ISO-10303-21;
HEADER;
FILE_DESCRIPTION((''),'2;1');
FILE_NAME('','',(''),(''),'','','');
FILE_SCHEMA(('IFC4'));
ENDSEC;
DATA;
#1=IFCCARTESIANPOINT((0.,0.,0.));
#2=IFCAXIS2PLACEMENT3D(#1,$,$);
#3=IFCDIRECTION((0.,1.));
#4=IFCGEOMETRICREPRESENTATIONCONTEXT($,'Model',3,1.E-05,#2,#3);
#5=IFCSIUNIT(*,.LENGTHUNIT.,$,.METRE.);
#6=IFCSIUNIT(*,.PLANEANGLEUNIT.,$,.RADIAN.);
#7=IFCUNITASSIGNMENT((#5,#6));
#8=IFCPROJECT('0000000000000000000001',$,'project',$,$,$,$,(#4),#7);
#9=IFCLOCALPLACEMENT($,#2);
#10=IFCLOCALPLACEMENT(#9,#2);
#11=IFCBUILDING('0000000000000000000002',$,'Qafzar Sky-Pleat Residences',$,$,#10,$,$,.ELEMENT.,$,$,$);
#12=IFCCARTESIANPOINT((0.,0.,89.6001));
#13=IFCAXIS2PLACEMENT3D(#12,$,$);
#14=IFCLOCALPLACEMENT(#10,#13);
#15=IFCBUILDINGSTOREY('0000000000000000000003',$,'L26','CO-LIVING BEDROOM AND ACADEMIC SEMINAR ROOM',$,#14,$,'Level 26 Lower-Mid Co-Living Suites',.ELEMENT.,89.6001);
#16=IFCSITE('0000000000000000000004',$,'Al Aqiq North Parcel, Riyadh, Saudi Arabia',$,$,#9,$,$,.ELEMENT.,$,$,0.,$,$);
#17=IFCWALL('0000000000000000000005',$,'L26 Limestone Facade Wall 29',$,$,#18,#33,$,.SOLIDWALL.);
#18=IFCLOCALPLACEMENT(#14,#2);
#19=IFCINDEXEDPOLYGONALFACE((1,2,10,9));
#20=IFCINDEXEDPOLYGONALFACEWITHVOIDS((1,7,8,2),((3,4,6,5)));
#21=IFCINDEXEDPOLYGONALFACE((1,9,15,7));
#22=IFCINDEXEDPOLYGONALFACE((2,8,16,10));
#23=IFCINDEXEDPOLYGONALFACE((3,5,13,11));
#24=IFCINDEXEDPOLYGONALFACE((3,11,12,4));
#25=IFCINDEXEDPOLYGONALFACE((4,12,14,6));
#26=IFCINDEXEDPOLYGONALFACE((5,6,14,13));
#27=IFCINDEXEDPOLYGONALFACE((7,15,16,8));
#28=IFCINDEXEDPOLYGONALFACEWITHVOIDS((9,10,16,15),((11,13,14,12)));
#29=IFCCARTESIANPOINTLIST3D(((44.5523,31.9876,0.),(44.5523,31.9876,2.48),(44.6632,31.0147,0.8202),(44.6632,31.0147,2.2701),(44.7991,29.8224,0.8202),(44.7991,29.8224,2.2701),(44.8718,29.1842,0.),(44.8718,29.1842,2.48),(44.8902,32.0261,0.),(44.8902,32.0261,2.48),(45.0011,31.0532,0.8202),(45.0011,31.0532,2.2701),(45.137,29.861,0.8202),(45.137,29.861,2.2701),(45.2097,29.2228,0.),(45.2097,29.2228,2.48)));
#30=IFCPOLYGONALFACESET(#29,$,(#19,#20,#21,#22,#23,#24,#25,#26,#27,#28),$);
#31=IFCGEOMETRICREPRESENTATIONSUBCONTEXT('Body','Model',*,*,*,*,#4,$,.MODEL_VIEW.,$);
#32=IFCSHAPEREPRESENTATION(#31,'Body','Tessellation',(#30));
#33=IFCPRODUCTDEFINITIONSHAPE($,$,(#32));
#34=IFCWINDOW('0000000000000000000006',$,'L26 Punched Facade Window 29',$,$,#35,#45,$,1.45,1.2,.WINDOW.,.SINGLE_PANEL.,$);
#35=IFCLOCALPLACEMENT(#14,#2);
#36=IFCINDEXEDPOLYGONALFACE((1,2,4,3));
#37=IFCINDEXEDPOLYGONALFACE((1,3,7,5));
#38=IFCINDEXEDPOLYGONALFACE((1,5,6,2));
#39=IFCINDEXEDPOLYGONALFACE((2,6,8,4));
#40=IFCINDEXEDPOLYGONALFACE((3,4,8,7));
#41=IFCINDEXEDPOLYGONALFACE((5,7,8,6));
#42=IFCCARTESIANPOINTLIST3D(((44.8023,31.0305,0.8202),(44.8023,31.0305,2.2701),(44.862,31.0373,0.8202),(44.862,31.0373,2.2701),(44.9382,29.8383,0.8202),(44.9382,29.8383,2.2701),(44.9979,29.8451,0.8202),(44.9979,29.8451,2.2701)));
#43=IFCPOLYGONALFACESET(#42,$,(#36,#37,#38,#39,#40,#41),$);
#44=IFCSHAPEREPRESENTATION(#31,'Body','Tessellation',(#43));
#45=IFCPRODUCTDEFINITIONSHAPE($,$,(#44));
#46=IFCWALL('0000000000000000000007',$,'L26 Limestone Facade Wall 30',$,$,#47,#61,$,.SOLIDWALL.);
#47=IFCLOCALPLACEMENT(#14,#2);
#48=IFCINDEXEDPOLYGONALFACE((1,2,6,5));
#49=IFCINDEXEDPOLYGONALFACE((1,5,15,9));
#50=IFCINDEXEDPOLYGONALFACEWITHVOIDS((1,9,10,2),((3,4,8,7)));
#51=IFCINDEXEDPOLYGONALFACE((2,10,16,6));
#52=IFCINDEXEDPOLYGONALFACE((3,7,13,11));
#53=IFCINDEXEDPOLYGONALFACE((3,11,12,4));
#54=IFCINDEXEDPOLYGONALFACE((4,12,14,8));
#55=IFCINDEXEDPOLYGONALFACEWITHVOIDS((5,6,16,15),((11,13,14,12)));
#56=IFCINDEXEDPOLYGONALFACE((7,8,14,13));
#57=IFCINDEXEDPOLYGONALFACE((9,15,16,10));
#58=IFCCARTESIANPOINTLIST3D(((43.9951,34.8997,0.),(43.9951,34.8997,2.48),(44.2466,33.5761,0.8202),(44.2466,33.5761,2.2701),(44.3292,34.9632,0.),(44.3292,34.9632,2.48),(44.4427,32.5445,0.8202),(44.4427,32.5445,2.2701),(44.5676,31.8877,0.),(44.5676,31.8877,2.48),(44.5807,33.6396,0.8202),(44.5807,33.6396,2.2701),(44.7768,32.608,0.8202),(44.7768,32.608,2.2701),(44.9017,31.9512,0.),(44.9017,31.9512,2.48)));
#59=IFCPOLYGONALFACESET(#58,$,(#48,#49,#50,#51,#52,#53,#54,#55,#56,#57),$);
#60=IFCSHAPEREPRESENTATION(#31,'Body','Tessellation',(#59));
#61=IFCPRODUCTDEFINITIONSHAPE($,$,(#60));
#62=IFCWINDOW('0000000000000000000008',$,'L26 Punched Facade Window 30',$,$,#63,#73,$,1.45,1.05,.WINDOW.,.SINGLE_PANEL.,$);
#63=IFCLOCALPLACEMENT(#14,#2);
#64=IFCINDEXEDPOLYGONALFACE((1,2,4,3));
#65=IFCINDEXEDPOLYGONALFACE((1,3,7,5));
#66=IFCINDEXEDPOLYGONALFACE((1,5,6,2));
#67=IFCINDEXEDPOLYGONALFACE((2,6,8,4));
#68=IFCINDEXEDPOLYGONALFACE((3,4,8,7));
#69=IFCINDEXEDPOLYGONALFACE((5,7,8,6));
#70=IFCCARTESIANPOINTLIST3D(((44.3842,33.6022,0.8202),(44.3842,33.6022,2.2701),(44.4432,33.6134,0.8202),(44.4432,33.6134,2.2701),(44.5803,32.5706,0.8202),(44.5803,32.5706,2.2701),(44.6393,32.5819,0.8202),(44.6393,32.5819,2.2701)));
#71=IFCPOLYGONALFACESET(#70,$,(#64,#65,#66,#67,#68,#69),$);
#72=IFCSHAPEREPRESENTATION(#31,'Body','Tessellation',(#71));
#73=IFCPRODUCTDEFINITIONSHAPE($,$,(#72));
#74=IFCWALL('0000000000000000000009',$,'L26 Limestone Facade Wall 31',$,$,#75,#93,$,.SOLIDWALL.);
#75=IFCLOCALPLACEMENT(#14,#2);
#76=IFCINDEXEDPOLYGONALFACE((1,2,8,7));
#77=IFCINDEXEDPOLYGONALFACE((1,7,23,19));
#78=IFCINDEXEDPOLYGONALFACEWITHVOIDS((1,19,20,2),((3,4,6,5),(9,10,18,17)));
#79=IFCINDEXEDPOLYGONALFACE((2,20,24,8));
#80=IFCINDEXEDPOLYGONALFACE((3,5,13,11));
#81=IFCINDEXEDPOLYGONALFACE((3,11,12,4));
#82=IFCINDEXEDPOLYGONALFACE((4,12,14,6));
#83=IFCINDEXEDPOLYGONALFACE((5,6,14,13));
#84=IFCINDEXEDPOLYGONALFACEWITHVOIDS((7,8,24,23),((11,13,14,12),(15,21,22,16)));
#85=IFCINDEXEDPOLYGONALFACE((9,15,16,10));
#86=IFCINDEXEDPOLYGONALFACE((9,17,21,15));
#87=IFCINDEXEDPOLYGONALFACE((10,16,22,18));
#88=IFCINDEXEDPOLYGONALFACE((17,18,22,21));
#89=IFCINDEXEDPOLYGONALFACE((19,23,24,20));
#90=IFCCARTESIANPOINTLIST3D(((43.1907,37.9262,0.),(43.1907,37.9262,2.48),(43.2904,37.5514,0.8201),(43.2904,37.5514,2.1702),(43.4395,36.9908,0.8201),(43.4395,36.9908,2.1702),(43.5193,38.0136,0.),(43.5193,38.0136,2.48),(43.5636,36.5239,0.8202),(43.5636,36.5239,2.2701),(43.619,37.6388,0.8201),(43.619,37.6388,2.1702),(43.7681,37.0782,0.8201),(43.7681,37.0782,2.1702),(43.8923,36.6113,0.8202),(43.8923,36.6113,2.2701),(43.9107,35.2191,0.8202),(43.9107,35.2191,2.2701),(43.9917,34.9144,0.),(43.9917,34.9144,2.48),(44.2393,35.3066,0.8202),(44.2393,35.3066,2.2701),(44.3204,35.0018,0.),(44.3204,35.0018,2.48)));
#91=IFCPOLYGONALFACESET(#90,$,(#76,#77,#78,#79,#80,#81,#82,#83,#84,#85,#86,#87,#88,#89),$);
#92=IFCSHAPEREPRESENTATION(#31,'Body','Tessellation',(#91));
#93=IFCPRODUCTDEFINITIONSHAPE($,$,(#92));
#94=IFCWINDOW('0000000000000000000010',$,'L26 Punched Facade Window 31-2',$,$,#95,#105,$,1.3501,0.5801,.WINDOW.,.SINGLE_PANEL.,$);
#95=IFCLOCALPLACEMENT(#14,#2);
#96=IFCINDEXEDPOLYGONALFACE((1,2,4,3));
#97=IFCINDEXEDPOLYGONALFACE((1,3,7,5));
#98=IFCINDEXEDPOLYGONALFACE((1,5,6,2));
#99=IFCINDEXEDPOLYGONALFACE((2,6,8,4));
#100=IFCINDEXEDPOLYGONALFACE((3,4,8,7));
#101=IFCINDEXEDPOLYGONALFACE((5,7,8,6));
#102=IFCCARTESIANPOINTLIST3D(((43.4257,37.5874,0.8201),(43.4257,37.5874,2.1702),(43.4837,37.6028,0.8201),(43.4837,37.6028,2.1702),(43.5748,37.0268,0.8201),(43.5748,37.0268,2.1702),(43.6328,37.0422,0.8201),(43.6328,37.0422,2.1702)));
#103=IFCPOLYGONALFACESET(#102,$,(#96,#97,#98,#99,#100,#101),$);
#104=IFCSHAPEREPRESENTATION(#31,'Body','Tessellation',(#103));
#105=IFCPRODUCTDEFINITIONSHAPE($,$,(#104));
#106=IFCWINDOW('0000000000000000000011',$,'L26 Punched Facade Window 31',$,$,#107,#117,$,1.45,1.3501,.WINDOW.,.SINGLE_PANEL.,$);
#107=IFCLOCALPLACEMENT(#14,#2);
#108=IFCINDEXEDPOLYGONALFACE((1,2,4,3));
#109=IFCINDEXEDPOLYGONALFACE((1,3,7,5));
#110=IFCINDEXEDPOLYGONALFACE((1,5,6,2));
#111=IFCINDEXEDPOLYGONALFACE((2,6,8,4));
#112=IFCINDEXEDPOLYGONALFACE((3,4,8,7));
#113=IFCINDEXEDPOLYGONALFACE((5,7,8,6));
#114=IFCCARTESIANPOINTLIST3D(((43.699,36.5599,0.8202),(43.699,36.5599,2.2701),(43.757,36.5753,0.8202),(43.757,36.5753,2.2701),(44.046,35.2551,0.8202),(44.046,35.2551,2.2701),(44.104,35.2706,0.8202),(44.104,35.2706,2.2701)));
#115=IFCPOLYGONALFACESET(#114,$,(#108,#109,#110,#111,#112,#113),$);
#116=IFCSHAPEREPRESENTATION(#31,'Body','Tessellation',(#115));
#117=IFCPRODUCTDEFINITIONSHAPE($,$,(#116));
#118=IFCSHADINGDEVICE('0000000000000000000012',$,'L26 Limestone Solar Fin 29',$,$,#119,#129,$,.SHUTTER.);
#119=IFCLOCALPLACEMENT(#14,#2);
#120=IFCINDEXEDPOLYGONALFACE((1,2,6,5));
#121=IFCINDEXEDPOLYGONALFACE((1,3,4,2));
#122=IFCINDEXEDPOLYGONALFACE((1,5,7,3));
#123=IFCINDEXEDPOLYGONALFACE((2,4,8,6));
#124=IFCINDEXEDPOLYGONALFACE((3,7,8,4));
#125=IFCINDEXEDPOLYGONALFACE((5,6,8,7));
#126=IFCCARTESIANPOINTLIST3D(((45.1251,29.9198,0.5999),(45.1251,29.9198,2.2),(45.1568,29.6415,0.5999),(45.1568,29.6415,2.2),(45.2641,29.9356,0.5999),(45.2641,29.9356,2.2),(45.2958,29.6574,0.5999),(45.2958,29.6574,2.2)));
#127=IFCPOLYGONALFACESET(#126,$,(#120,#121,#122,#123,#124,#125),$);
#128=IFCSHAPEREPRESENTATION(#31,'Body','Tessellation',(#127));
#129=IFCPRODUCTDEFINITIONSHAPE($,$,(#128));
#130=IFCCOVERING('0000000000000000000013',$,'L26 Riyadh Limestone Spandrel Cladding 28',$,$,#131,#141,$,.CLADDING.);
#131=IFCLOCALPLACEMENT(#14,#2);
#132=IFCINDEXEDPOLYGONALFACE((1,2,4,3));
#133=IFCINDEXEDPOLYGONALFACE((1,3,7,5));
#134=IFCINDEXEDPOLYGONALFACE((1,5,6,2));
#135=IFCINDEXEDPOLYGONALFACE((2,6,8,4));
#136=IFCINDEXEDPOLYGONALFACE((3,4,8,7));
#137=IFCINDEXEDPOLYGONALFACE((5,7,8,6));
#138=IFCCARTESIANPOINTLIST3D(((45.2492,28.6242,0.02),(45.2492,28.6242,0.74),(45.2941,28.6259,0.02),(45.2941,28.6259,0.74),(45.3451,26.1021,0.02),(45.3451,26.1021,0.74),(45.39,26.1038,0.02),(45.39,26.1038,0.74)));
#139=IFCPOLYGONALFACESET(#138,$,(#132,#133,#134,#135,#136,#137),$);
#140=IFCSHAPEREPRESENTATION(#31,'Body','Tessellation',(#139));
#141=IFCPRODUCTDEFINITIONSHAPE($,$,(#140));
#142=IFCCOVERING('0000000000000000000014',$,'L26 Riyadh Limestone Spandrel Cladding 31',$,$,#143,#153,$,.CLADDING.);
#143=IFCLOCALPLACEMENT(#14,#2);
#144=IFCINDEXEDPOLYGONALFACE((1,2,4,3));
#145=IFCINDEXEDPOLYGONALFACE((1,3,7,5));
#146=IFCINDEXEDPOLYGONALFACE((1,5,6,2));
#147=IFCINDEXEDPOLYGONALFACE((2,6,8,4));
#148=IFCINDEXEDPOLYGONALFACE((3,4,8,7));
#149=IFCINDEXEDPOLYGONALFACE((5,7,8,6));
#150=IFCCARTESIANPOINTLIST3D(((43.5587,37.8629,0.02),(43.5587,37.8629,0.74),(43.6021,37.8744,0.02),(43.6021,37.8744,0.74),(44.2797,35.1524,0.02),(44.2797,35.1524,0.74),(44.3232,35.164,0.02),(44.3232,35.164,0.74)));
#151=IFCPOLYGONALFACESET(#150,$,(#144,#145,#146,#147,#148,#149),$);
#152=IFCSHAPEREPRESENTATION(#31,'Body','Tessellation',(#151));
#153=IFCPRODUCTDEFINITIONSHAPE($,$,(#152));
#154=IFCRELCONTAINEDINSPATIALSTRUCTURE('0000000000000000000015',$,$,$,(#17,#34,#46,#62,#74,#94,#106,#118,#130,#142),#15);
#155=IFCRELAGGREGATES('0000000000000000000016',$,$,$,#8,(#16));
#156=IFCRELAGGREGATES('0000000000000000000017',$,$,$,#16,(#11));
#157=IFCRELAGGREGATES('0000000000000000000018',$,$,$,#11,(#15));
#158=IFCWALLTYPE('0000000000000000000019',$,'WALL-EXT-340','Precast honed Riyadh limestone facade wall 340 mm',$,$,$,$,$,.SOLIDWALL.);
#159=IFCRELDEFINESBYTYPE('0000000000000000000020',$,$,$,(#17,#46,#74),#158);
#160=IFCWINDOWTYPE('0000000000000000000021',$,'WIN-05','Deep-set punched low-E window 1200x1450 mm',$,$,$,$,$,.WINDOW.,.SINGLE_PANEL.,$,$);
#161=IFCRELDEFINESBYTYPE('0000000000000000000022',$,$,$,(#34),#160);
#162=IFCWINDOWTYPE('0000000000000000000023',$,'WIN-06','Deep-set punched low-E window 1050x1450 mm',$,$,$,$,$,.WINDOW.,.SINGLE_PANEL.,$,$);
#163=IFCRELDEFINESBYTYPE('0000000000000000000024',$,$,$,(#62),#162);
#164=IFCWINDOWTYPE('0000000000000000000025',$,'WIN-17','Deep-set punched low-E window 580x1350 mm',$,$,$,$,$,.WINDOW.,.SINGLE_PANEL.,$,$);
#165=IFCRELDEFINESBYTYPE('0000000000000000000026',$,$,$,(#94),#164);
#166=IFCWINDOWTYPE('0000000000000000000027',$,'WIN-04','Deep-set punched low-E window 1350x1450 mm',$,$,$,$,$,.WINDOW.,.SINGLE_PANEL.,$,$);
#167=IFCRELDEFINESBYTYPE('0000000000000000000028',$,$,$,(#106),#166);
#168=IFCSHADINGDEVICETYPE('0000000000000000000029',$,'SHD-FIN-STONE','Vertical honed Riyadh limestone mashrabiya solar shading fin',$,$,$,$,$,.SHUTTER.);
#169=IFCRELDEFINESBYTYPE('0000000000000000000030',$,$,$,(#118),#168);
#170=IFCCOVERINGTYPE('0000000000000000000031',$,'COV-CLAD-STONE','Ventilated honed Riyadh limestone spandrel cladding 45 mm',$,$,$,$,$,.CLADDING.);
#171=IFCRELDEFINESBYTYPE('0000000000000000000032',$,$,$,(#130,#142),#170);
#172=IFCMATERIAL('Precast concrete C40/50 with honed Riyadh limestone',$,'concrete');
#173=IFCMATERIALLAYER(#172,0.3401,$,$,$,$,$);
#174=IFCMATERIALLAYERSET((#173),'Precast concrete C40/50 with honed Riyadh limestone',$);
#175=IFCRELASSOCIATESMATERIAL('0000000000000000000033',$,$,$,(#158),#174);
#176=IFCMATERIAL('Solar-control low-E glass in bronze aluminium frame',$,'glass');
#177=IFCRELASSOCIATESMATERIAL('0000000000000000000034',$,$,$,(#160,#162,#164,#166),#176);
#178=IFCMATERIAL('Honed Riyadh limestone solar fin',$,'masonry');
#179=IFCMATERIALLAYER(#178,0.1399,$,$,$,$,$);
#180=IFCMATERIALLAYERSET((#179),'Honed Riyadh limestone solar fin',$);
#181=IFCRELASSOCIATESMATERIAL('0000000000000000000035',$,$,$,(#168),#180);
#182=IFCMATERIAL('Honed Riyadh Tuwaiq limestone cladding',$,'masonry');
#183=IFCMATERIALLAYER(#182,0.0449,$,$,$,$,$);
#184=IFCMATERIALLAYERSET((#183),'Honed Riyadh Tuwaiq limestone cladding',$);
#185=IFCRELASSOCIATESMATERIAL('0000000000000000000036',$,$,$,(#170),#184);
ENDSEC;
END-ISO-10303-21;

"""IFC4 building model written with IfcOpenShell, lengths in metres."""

from ifc_helpers import new_model, si_unit, direction, frame, frame_2d, origin, origin_2d, place, context, subcontext, project, spatial, rectangle, extrude, source, transform, mapped, material, layer, layer_set, type_object, element, fill, save


model = new_model("IFC4")

# Units and contexts
model_context = context("Model", 3, precision=1e-05, world=origin(), true_north=direction((0.0, 1.0)))
body_context = subcontext(model_context, "Body", "Model", "MODEL_VIEW")
ifc_project = project(units=[si_unit("LENGTHUNIT", "METRE"), si_unit("PLANEANGLEUNIT", "RADIAN")], contexts=[model_context])

# Site, building, storey
site_placement = place(None, origin())
site = spatial("IfcSite", under=ifc_project, at=site_placement, Name="Al Aqiq North Parcel, Riyadh, Saudi Arabia", CompositionType="ELEMENT", RefElevation=0.0)
building_placement = place(site_placement, origin())
building = spatial("IfcBuilding", under=site, at=building_placement, Name="Qafzar Sky-Pleat Residences", CompositionType="ELEMENT")
storey_placement = place(building_placement, frame((0.0, 0.0, 89.6001)))
storey = spatial("IfcBuildingStorey", under=building, at=storey_placement, Name="L26", Description="CO-LIVING BEDROOM AND ACADEMIC SEMINAR ROOM", LongName="Level 26 Lower-Mid Co-Living Suites", CompositionType="ELEMENT", Elevation=89.6001)

# Walls, openings, windows
ifc_material_1 = material(Name="Precast concrete C40/50 with honed Riyadh limestone", Category="concrete")
ifc_layer_1 = layer(ifc_material_1, 0.3401)
ifc_layer_set_1 = layer_set([ifc_layer_1], Name="Precast concrete C40/50 with honed Riyadh limestone")
wall_type_1 = type_object("IfcWallType", Name="WALL-EXT-340", Description="Precast honed Riyadh limestone facade wall 340 mm", PredefinedType="SOLIDWALL", material=ifc_layer_set_1)
wall_1_placement = place(storey_placement, frame((45.0408, 29.2036, 0.0), z_axis=(0.0, 0.0, 1.0), x_axis=(-0.113261, 0.993565, 0.0)))
wall_1 = element("IfcWall", 1, at=wall_1_placement, inside=storey, type_object=wall_type_1, Name="L26 Limestone Facade Wall 29", PredefinedType="SOLIDWALL", context=body_context, shape_type="SweptSolid", body=[
    extrude(rectangle(XDim=2.8215, YDim=0.3401, at=frame_2d((1.4106, 0.0))), origin(), (0.0, 0.0, 1.0), 2.48),
])
opening_1_placement = place(wall_1_placement, frame((0.6421, 0.0, 0.8201)))
opening_1 = element("IfcOpeningElement", 2, at=opening_1_placement, cuts=wall_1, PredefinedType="OPENING", context=body_context, shape_type="SweptSolid", body=[
    extrude(rectangle(XDim=1.2, YDim=1.45, at=frame_2d((0.6001, 0.7251))), frame((0.0, 0.1802, 0.0), z_axis=(0.0, -1.0, 0.0), x_axis=(1.0, 0.0, 0.0)), (0.0, 0.0, 1.0), 0.3601),
])
ifc_material_2 = material(Name="Solar-control low-E glass in bronze aluminium frame", Category="glass")
window_type_1 = type_object("IfcWindowType", Name="WIN-05", Description="Deep-set punched low-E window 1200x1450 mm", PartitioningType="SINGLE_PANEL", PredefinedType="WINDOW", material=ifc_material_2)
shared_shape_1 = source(origin(), body_context, "Body", "SweptSolid", [
    extrude(rectangle(XDim=1.2, YDim=1.45, at=frame_2d((0.6001, 0.7251))), frame((0.0, 0.03, 0.0), z_axis=(0.0, -1.0, 0.0), x_axis=(1.0, 0.0, 0.0)), (0.0, 0.0, 1.0), 0.0601),
])
window_1_placement = place(opening_1_placement, origin())
window_1 = element("IfcWindow", 3, at=window_1_placement, inside=storey, type_object=window_type_1, Name="L26 Punched Facade Window 29", OverallHeight=1.45, OverallWidth=1.2, PartitioningType="SINGLE_PANEL", PredefinedType="WINDOW", context=body_context, shape_type="MappedRepresentation", body=[
    mapped(shared_shape_1, transform((0.0, 0.0, 0.0), x_axis=(1.0, 0.0, 0.0), y_axis=(0.0, 1.0, 0.0), z_axis=(0.0, 0.0, 1.0), scale=1.0)),
])
fill(opening_1, window_1)
wall_2_placement = place(storey_placement, frame((44.7346, 31.9194, 0.0), z_axis=(0.0, 0.0, 1.0), x_axis=(-0.186735, 0.98241, 0.0)))
wall_2 = element("IfcWall", 4, at=wall_2_placement, inside=storey, type_object=wall_type_1, Name="L26 Limestone Facade Wall 30", PredefinedType="SOLIDWALL", context=body_context, shape_type="SweptSolid", body=[
    extrude(rectangle(XDim=3.0659, YDim=0.3401, at=frame_2d((1.533, 0.0))), origin(), (0.0, 0.0, 1.0), 2.48),
])
opening_2_placement = place(wall_2_placement, frame((0.6687, 0.0, 0.8201)))
opening_2 = element("IfcOpeningElement", 5, at=opening_2_placement, cuts=wall_2, PredefinedType="OPENING", context=body_context, shape_type="SweptSolid", body=[
    extrude(rectangle(XDim=1.05, YDim=1.45, at=frame_2d((0.5249, 0.7251))), frame((0.0, 0.1802, 0.0), z_axis=(0.0, -1.0, 0.0), x_axis=(1.0, 0.0, 0.0)), (0.0, 0.0, 1.0), 0.3601),
])
window_type_2 = type_object("IfcWindowType", Name="WIN-06", Description="Deep-set punched low-E window 1050x1450 mm", PartitioningType="SINGLE_PANEL", PredefinedType="WINDOW", material=ifc_material_2)
shared_shape_2 = source(origin(), body_context, "Body", "SweptSolid", [
    extrude(rectangle(XDim=1.05, YDim=1.45, at=frame_2d((0.5249, 0.7251))), frame((0.0, 0.03, 0.0), z_axis=(0.0, -1.0, 0.0), x_axis=(1.0, 0.0, 0.0)), (0.0, 0.0, 1.0), 0.0601),
])
window_2_placement = place(opening_2_placement, origin())
window_2 = element("IfcWindow", 6, at=window_2_placement, inside=storey, type_object=window_type_2, Name="L26 Punched Facade Window 30", OverallHeight=1.45, OverallWidth=1.05, PartitioningType="SINGLE_PANEL", PredefinedType="WINDOW", context=body_context, shape_type="MappedRepresentation", body=[
    mapped(shared_shape_2, transform((0.0, 0.0, 0.0), x_axis=(1.0, 0.0, 0.0), y_axis=(0.0, 1.0, 0.0), z_axis=(0.0, 0.0, 1.0), scale=1.0)),
])
fill(opening_2, window_2)

# Wall, openings, windows
wall_3_placement = place(storey_placement, frame((44.156, 34.9583, 0.0), z_axis=(0.0, 0.0, 1.0), x_axis=(-0.257034, 0.966402, 0.0)))
wall_3 = element("IfcWall", 7, at=wall_3_placement, inside=storey, type_object=wall_type_1, Name="L26 Limestone Facade Wall 31", PredefinedType="SOLIDWALL", context=body_context, shape_type="SweptSolid", body=[
    extrude(rectangle(XDim=3.1165, YDim=0.3401, at=frame_2d((1.5581, 0.0))), origin(), (0.0, 0.0, 1.0), 2.48),
])
opening_3_placement = place(wall_3_placement, frame((0.3152, 0.0, 0.8201)))
opening_3 = element("IfcOpeningElement", 8, at=opening_3_placement, cuts=wall_3, PredefinedType="OPENING", context=body_context, shape_type="SweptSolid", body=[
    extrude(rectangle(XDim=1.3501, YDim=1.45, at=frame_2d((0.675, 0.7251))), frame((0.0, 0.1802, 0.0), z_axis=(0.0, -1.0, 0.0), x_axis=(1.0, 0.0, 0.0)), (0.0, 0.0, 1.0), 0.3601),
])
opening_4_placement = place(wall_3_placement, frame((2.1484, 0.0, 0.8201)))
opening_4 = element("IfcOpeningElement", 9, at=opening_4_placement, cuts=wall_3, PredefinedType="OPENING", context=body_context, shape_type="SweptSolid", body=[
    extrude(rectangle(XDim=0.5801, YDim=1.3501, at=frame_2d((0.29, 0.675))), frame((0.0, 0.1802, 0.0), z_axis=(0.0, -1.0, 0.0), x_axis=(1.0, 0.0, 0.0)), (0.0, 0.0, 1.0), 0.3601),
])
window_type_3 = type_object("IfcWindowType", Name="WIN-17", Description="Deep-set punched low-E window 580x1350 mm", PartitioningType="SINGLE_PANEL", PredefinedType="WINDOW", material=ifc_material_2)
shared_shape_3 = source(origin(), body_context, "Body", "SweptSolid", [
    extrude(rectangle(XDim=0.5801, YDim=1.3501, at=frame_2d((0.29, 0.675))), frame((0.0, 0.03, 0.0), z_axis=(0.0, -1.0, 0.0), x_axis=(1.0, 0.0, 0.0)), (0.0, 0.0, 1.0), 0.0601),
])
window_3_placement = place(opening_4_placement, origin())
window_3 = element("IfcWindow", 10, at=window_3_placement, inside=storey, type_object=window_type_3, Name="L26 Punched Facade Window 31-2", OverallHeight=1.3501, OverallWidth=0.5801, PartitioningType="SINGLE_PANEL", PredefinedType="WINDOW", context=body_context, shape_type="MappedRepresentation", body=[
    mapped(shared_shape_3, transform((0.0, 0.0, 0.0), x_axis=(1.0, 0.0, 0.0), y_axis=(0.0, 1.0, 0.0), z_axis=(0.0, 0.0, 1.0), scale=1.0)),
])
fill(opening_4, window_3)
window_type_4 = type_object("IfcWindowType", Name="WIN-04", Description="Deep-set punched low-E window 1350x1450 mm", PartitioningType="SINGLE_PANEL", PredefinedType="WINDOW", material=ifc_material_2)
shared_shape_4 = source(origin(), body_context, "Body", "SweptSolid", [
    extrude(rectangle(XDim=1.3501, YDim=1.45, at=frame_2d((0.675, 0.7251))), frame((0.0, 0.03, 0.0), z_axis=(0.0, -1.0, 0.0), x_axis=(1.0, 0.0, 0.0)), (0.0, 0.0, 1.0), 0.0601),
])
window_4_placement = place(opening_3_placement, origin())
window_4 = element("IfcWindow", 11, at=window_4_placement, inside=storey, type_object=window_type_4, Name="L26 Punched Facade Window 31", OverallHeight=1.45, OverallWidth=1.3501, PartitioningType="SINGLE_PANEL", PredefinedType="WINDOW", context=body_context, shape_type="MappedRepresentation", body=[
    mapped(shared_shape_4, transform((0.0, 0.0, 0.0), x_axis=(1.0, 0.0, 0.0), y_axis=(0.0, 1.0, 0.0), z_axis=(0.0, 0.0, 1.0), scale=1.0)),
])
fill(opening_3, window_4)

# Shading device
ifc_material_3 = material(Name="Honed Riyadh limestone solar fin", Category="masonry")
ifc_layer_2 = layer(ifc_material_3, 0.1399)
ifc_layer_set_2 = layer_set([ifc_layer_2], Name="Honed Riyadh limestone solar fin")
shading_device_type = type_object("IfcShadingDeviceType", Name="SHD-FIN-STONE", Description="Vertical honed Riyadh limestone mashrabiya solar shading fin", PredefinedType="SHUTTER", material=ifc_layer_set_2)
shared_shape_5 = source(origin(), body_context, "Body", "SweptSolid", [
    extrude(rectangle(XDim=0.1399, YDim=0.28, at=origin_2d()), origin(), (0.0, 0.0, 1.0), 1.6001),
])
shading_device_placement = place(storey_placement, frame((45.2104, 29.7886, 0.5999), z_axis=(0.0, 0.0, 1.0), x_axis=(0.993567, 0.11325, 0.0)))
element("IfcShadingDevice", 12, at=shading_device_placement, inside=storey, type_object=shading_device_type, Name="L26 Limestone Solar Fin 29", PredefinedType="SHUTTER", context=body_context, shape_type="MappedRepresentation", body=[
    mapped(shared_shape_5, transform((0.0, 0.0, 0.0), x_axis=(1.0, 0.0, 0.0), y_axis=(0.0, 1.0, 0.0), z_axis=(0.0, 0.0, 1.0), scale=1.0)),
])

# Coverings
ifc_material_4 = material(Name="Honed Riyadh Tuwaiq limestone cladding", Category="masonry")
ifc_layer_3 = layer(ifc_material_4, 0.0449)
ifc_layer_set_3 = layer_set([ifc_layer_3], Name="Honed Riyadh Tuwaiq limestone cladding")
covering_type = type_object("IfcCoveringType", Name="COV-CLAD-STONE", Description="Ventilated honed Riyadh limestone spandrel cladding 45 mm", PredefinedType="CLADDING", material=ifc_layer_set_3)
shared_shape_6 = source(origin(), body_context, "Body", "SweptSolid", [
    extrude(rectangle(XDim=2.5239, YDim=0.0449, at=origin_2d()), origin(), (0.0, 0.0, 1.0), 0.72),
])
covering_1_placement = place(storey_placement, frame((45.3196, 27.364, 0.02), z_axis=(0.0, 0.0, 1.0), x_axis=(-0.037977, 0.999279, 0.0)))
element("IfcCovering", 13, at=covering_1_placement, inside=storey, type_object=covering_type, Name="L26 Riyadh Limestone Spandrel Cladding 28", PredefinedType="CLADDING", context=body_context, shape_type="MappedRepresentation", body=[
    mapped(shared_shape_6, transform((0.0, 0.0, 0.0), x_axis=(1.0, 0.0, 0.0), y_axis=(0.0, 1.0, 0.0), z_axis=(0.0, 0.0, 1.0), scale=1.0)),
])
shared_shape_7 = source(origin(), body_context, "Body", "SweptSolid", [
    extrude(rectangle(XDim=2.8047, YDim=0.0449, at=origin_2d()), origin(), (0.0, 0.0, 1.0), 0.72),
])
covering_2_placement = place(storey_placement, frame((43.9409, 36.5134, 0.02), z_axis=(0.0, 0.0, 1.0), x_axis=(-0.257095, 0.966386, 0.0)))
element("IfcCovering", 14, at=covering_2_placement, inside=storey, type_object=covering_type, Name="L26 Riyadh Limestone Spandrel Cladding 31", PredefinedType="CLADDING", context=body_context, shape_type="MappedRepresentation", body=[
    mapped(shared_shape_7, transform((0.0, 0.0, 0.0), x_axis=(1.0, 0.0, 0.0), y_axis=(0.0, 1.0, 0.0), z_axis=(0.0, 0.0, 1.0), scale=1.0)),
])

save(model, "model.ifc")
